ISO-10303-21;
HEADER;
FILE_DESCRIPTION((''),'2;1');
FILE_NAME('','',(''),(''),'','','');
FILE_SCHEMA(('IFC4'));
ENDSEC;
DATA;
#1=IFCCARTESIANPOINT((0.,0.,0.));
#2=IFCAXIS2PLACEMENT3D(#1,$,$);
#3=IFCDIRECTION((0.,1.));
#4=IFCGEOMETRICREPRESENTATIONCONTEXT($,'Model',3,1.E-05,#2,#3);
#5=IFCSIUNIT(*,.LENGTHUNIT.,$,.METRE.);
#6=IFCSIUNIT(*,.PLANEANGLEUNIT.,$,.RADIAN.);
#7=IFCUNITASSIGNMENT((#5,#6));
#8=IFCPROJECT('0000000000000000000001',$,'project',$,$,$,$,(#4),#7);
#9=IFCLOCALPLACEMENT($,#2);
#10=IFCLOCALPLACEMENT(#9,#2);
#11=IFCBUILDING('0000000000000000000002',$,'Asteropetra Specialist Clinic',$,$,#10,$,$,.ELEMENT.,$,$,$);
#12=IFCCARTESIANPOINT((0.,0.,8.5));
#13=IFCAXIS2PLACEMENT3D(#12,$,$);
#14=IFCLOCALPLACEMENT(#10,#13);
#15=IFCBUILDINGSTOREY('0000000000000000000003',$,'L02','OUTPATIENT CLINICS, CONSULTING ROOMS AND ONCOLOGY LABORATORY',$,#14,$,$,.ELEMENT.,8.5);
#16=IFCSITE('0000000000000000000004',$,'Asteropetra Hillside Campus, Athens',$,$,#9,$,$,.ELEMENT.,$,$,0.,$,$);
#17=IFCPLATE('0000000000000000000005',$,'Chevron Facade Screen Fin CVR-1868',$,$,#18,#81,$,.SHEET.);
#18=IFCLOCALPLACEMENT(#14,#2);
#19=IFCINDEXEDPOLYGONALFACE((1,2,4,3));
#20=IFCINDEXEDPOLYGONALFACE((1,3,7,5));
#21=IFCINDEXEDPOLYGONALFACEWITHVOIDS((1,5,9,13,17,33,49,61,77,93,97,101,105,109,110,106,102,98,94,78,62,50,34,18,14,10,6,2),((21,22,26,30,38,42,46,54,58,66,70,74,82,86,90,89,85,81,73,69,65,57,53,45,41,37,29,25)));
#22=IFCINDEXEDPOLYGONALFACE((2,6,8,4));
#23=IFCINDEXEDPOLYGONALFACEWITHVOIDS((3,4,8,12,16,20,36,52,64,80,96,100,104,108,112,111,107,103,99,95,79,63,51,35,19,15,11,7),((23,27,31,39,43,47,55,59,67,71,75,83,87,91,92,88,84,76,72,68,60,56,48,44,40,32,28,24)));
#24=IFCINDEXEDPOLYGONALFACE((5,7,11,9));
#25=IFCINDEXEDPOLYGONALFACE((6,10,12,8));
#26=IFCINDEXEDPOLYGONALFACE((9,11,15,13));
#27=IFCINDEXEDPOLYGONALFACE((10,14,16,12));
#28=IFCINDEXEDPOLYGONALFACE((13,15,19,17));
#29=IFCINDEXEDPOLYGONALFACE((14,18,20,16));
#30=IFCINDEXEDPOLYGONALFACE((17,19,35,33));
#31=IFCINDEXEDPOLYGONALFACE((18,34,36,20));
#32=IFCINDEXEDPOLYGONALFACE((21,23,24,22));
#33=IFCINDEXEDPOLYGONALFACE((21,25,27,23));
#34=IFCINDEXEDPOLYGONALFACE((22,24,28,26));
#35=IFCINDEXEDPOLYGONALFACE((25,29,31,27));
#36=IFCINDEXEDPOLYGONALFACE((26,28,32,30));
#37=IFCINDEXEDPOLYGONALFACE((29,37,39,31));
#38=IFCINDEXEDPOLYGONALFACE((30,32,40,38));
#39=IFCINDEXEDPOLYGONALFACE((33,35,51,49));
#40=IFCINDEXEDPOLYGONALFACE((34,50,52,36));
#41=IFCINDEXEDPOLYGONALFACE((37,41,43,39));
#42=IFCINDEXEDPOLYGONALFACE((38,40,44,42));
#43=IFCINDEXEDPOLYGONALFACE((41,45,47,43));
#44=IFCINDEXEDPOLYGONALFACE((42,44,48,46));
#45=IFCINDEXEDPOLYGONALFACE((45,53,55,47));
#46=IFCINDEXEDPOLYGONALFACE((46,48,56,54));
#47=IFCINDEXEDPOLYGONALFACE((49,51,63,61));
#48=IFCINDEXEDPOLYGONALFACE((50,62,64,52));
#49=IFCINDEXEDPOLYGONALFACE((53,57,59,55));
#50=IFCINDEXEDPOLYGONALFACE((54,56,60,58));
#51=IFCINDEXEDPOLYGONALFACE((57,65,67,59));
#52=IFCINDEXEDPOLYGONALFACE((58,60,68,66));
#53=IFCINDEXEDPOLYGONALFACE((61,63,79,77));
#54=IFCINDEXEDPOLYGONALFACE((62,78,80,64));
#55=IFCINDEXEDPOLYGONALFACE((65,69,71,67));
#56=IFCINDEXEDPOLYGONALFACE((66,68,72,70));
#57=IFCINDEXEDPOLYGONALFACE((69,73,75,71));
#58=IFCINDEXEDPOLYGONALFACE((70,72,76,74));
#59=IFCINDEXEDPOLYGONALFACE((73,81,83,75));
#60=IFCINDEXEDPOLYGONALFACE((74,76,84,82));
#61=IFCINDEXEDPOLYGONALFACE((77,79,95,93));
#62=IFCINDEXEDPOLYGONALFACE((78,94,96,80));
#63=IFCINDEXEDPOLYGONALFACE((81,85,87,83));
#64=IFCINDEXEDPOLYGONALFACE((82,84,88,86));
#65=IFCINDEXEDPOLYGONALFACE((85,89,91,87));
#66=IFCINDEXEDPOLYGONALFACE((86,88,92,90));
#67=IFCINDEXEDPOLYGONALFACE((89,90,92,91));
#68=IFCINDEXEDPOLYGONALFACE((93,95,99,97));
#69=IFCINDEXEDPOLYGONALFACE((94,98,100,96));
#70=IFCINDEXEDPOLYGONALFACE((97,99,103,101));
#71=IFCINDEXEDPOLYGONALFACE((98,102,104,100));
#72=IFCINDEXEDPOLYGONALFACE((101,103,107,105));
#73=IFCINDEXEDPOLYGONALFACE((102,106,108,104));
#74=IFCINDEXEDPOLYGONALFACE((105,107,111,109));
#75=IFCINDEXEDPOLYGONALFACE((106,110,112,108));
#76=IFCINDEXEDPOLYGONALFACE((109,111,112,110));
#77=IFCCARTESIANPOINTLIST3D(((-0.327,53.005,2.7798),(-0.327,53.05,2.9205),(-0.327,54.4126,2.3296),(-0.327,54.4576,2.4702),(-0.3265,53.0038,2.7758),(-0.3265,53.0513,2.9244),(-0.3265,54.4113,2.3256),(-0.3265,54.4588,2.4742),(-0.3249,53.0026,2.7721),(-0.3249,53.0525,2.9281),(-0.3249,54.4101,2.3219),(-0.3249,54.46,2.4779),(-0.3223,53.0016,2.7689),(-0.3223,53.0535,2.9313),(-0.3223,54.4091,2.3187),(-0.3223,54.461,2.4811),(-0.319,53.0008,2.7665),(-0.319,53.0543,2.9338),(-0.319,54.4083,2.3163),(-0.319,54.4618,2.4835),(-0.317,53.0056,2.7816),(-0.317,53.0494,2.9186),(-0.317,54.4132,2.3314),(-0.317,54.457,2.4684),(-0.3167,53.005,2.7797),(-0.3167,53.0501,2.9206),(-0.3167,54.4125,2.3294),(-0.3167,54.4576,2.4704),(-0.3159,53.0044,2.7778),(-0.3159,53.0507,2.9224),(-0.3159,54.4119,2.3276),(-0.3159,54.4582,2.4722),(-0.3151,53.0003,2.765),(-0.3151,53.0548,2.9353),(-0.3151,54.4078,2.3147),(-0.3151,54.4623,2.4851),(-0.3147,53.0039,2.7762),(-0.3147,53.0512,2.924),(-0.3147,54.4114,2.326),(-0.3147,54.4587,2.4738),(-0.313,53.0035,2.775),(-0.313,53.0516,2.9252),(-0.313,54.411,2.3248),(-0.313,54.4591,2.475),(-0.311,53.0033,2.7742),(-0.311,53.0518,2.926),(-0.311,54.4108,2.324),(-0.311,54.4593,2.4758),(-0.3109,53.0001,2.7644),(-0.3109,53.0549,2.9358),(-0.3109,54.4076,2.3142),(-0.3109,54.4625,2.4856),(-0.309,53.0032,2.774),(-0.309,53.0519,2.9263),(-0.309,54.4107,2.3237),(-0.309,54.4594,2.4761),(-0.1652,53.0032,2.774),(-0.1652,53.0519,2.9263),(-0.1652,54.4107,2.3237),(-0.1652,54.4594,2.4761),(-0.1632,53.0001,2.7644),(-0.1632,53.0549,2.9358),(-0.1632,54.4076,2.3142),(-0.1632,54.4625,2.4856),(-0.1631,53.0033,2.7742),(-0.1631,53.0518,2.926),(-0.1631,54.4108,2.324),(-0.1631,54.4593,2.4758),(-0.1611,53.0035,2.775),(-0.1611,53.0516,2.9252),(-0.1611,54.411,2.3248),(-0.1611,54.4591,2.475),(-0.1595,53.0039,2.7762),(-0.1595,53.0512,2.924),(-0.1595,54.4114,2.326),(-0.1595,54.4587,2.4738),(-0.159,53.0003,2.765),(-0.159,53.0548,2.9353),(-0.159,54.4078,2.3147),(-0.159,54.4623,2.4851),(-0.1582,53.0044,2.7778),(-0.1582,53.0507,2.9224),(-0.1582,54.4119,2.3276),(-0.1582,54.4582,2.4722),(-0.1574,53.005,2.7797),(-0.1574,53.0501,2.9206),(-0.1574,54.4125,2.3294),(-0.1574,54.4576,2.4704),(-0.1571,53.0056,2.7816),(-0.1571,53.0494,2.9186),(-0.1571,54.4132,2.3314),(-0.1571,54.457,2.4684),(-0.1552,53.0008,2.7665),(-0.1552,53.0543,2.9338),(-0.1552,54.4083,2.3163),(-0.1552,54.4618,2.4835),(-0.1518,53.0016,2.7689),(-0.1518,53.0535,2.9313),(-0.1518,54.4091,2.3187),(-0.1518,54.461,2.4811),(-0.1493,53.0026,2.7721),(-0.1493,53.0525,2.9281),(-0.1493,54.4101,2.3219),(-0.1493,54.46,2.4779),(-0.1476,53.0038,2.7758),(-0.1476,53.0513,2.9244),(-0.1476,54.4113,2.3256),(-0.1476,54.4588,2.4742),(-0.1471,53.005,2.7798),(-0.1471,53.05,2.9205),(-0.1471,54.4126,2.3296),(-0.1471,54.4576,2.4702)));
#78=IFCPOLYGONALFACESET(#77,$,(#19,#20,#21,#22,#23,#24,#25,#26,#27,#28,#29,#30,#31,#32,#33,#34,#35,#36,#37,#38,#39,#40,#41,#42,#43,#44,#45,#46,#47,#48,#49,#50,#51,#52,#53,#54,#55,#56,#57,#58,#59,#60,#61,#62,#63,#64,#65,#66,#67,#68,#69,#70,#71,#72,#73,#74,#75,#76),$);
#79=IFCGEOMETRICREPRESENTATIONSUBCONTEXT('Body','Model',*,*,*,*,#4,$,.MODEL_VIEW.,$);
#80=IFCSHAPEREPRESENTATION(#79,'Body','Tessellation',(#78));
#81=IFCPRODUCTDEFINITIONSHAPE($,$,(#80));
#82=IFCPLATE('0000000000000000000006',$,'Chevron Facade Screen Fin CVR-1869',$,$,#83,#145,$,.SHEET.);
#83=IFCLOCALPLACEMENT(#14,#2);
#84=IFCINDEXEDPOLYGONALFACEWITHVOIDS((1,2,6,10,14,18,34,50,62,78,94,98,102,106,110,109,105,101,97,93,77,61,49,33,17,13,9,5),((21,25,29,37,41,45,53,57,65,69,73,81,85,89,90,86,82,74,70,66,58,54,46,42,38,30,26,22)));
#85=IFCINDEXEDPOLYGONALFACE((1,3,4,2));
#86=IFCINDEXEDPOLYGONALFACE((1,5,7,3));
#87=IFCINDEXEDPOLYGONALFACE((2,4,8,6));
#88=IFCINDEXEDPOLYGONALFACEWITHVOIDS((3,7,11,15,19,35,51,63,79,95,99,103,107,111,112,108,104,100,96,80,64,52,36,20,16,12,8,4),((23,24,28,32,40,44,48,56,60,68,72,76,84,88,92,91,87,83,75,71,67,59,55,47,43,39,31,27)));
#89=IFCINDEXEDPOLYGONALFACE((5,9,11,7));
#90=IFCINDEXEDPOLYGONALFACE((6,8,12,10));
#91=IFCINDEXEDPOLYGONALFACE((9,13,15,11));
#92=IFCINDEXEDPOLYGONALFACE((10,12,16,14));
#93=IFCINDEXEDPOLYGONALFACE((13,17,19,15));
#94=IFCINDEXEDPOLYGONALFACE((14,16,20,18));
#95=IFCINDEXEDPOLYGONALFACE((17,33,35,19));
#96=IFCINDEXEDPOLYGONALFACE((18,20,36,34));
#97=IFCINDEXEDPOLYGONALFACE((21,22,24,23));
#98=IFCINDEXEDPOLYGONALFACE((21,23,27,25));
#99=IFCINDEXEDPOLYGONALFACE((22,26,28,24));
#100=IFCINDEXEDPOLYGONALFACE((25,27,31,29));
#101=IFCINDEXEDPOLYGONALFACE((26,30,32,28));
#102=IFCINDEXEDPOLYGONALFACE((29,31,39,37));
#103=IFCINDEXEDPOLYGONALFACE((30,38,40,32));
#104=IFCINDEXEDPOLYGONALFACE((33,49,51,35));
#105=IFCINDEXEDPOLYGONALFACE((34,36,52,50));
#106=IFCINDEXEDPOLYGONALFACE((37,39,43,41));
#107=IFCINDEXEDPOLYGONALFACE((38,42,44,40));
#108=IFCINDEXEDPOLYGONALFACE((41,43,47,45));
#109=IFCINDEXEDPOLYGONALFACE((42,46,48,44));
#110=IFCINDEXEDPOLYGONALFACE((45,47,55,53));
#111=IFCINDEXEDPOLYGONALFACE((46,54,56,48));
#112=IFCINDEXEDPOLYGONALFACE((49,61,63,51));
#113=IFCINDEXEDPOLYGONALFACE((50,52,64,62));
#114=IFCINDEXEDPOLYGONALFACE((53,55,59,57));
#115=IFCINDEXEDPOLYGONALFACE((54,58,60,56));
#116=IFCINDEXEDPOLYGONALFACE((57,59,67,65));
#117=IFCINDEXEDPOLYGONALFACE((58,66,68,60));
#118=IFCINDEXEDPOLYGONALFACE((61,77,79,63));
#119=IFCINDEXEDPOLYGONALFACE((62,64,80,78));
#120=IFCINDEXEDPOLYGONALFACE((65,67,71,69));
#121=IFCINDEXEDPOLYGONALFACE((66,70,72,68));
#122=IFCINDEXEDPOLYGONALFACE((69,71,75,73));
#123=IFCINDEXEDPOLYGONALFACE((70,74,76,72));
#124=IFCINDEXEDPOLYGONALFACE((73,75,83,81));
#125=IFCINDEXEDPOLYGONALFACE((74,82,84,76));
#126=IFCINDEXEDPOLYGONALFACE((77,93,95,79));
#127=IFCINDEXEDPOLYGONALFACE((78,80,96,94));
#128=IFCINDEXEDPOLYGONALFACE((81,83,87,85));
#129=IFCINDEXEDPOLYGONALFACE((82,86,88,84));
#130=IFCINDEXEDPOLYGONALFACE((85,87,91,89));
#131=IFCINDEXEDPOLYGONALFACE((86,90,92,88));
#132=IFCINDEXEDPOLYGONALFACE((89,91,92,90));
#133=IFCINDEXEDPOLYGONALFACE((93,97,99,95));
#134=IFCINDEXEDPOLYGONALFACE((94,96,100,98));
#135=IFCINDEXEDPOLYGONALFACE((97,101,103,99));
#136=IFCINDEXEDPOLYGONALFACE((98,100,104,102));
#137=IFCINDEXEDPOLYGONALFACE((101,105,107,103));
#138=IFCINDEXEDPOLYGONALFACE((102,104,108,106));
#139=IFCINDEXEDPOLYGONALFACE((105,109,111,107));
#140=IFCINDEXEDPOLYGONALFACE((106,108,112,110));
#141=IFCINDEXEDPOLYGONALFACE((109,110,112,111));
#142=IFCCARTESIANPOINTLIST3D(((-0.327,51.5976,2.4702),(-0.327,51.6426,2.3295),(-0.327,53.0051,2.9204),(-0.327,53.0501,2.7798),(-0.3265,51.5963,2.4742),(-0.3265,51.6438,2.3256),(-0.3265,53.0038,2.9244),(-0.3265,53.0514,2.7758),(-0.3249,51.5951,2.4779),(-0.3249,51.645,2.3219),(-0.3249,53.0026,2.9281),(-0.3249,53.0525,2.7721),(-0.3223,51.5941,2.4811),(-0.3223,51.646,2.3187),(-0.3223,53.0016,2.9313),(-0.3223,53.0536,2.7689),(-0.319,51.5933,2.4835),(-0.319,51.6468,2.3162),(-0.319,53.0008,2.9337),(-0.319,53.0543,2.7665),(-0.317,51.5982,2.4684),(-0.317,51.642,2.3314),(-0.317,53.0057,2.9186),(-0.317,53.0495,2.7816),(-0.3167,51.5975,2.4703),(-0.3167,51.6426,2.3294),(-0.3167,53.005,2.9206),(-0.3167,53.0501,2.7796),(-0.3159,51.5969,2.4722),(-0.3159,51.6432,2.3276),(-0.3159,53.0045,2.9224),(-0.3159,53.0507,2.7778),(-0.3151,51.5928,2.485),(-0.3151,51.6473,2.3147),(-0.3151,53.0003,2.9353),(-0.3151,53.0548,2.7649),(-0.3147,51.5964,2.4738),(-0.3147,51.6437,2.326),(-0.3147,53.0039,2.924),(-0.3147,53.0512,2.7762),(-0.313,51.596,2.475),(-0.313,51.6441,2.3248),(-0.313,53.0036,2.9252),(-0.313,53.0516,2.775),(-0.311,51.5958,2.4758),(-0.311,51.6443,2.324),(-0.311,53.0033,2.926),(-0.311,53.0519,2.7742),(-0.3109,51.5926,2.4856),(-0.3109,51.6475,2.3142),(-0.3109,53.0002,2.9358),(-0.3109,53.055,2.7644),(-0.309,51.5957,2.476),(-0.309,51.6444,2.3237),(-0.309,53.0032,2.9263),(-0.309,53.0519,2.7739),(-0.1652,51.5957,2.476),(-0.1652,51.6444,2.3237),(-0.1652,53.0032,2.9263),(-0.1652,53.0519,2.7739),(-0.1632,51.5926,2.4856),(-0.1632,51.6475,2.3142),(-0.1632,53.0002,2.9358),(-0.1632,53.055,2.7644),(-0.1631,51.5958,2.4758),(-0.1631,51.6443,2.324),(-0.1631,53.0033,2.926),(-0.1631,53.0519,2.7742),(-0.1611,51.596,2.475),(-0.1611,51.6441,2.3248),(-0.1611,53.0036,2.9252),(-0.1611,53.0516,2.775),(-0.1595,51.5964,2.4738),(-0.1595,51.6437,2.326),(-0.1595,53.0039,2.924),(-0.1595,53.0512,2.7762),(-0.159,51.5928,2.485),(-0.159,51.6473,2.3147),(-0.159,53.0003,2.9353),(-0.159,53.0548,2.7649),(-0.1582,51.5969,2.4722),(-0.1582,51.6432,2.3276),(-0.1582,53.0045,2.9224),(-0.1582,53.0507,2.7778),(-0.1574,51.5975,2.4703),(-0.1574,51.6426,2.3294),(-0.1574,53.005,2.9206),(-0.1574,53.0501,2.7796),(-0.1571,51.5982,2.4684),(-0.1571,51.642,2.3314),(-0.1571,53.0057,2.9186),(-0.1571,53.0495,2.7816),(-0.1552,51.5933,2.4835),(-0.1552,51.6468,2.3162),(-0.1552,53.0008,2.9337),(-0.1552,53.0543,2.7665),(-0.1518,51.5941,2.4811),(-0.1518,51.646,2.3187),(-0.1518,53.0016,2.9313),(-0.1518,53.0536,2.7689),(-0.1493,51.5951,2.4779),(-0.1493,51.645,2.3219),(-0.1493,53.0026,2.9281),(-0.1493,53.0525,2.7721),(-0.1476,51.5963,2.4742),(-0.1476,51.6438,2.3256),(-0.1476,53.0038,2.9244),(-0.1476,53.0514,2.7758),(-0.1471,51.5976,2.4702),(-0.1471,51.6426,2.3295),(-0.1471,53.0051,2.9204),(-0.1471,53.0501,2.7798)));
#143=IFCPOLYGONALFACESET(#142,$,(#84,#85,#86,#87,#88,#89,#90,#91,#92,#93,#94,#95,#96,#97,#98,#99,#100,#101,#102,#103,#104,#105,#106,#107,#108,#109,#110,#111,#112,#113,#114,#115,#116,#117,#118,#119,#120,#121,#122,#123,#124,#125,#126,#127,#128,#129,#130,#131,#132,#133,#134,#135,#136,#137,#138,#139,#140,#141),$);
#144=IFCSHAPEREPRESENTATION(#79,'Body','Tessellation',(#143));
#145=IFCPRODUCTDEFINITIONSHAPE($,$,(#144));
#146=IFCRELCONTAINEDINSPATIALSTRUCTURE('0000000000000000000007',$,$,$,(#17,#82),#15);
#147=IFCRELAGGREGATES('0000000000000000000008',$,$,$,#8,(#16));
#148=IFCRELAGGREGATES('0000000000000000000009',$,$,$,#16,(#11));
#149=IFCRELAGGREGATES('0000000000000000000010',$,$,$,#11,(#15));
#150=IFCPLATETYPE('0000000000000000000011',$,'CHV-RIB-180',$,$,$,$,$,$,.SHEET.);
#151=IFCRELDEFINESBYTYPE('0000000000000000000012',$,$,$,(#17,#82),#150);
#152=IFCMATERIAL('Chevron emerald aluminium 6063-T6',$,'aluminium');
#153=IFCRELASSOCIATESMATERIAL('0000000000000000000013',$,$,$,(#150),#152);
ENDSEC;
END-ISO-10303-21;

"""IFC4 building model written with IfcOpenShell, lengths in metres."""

from ifc_helpers import new_model, si_unit, direction, frame, origin, origin_2d, place, context, subcontext, project, spatial, hollow_rectangle, extrude, material, material_profile, profile_set, type_object, element, save


model = new_model("IFC4")

# Units and contexts
model_context = context("Model", 3, precision=1e-05, world=origin(), true_north=direction((0.0, 1.0)))
body_context = subcontext(model_context, "Body", "Model", "MODEL_VIEW")
ifc_project = project(units=[si_unit("LENGTHUNIT", "METRE"), si_unit("PLANEANGLEUNIT", "RADIAN")], contexts=[model_context])

# Site, building, storey
site_placement = place(None, origin())
site = spatial("IfcSite", under=ifc_project, at=site_placement, Name="Asteropetra Hillside Campus, Athens", CompositionType="ELEMENT", RefElevation=0.0)
building_placement = place(site_placement, origin())
building = spatial("IfcBuilding", under=site, at=building_placement, Name="Asteropetra Specialist Clinic", CompositionType="ELEMENT")
storey_placement = place(building_placement, frame((0.0, 0.0, 8.5)))
storey = spatial("IfcBuildingStorey", under=building, at=storey_placement, Name="L02", Description="OUTPATIENT CLINICS, CONSULTING ROOMS AND ONCOLOGY LABORATORY", CompositionType="ELEMENT", Elevation=8.5)

# Plates
ifc_material = material(Name="Chevron emerald aluminium 6063-T6", Category="aluminium")
ifc_material_profile = material_profile(ifc_material, hollow_rectangle(XDim=0.1799, YDim=0.1799, WallThickness=0.01, InnerFilletRadius=0.0081, OuterFilletRadius=0.0161, at=origin_2d()), Name="SHS 180x180x10.0")
ifc_profile_set = profile_set([ifc_material_profile], Name="Chevron emerald aluminium 6063-T6")
plate_type = type_object("IfcPlateType", Name="CHV-RIB-180", PredefinedType="SHEET", material=ifc_profile_set)
for number, where, z_axis, x_axis, name in (
    (1, (-0.2371, 54.4351, 2.3999), (0.0, -0.952463, 0.304656), (1.0, 0.0, 0.0), "Chevron Facade Screen Fin CVR-1868"),
    (2, (-0.2371, 53.0276, 2.8501), (0.0, -0.952463, -0.304656), (1.0, 0.0, 0.0), "Chevron Facade Screen Fin CVR-1869"),
):
    element("IfcPlate", number, at=place(storey_placement, frame(where, z_axis=z_axis, x_axis=x_axis)), inside=storey, type_object=plate_type, Name=name, PredefinedType="SHEET", context=body_context, shape_type="SweptSolid", body=[
        extrude(hollow_rectangle(XDim=0.1799, YDim=0.1799, WallThickness=0.01, InnerFilletRadius=0.0081, OuterFilletRadius=0.0161, at=origin_2d()), origin(), (0.0, 0.0, 1.0), 1.4778),
    ])

save(model, "model.ifc")
